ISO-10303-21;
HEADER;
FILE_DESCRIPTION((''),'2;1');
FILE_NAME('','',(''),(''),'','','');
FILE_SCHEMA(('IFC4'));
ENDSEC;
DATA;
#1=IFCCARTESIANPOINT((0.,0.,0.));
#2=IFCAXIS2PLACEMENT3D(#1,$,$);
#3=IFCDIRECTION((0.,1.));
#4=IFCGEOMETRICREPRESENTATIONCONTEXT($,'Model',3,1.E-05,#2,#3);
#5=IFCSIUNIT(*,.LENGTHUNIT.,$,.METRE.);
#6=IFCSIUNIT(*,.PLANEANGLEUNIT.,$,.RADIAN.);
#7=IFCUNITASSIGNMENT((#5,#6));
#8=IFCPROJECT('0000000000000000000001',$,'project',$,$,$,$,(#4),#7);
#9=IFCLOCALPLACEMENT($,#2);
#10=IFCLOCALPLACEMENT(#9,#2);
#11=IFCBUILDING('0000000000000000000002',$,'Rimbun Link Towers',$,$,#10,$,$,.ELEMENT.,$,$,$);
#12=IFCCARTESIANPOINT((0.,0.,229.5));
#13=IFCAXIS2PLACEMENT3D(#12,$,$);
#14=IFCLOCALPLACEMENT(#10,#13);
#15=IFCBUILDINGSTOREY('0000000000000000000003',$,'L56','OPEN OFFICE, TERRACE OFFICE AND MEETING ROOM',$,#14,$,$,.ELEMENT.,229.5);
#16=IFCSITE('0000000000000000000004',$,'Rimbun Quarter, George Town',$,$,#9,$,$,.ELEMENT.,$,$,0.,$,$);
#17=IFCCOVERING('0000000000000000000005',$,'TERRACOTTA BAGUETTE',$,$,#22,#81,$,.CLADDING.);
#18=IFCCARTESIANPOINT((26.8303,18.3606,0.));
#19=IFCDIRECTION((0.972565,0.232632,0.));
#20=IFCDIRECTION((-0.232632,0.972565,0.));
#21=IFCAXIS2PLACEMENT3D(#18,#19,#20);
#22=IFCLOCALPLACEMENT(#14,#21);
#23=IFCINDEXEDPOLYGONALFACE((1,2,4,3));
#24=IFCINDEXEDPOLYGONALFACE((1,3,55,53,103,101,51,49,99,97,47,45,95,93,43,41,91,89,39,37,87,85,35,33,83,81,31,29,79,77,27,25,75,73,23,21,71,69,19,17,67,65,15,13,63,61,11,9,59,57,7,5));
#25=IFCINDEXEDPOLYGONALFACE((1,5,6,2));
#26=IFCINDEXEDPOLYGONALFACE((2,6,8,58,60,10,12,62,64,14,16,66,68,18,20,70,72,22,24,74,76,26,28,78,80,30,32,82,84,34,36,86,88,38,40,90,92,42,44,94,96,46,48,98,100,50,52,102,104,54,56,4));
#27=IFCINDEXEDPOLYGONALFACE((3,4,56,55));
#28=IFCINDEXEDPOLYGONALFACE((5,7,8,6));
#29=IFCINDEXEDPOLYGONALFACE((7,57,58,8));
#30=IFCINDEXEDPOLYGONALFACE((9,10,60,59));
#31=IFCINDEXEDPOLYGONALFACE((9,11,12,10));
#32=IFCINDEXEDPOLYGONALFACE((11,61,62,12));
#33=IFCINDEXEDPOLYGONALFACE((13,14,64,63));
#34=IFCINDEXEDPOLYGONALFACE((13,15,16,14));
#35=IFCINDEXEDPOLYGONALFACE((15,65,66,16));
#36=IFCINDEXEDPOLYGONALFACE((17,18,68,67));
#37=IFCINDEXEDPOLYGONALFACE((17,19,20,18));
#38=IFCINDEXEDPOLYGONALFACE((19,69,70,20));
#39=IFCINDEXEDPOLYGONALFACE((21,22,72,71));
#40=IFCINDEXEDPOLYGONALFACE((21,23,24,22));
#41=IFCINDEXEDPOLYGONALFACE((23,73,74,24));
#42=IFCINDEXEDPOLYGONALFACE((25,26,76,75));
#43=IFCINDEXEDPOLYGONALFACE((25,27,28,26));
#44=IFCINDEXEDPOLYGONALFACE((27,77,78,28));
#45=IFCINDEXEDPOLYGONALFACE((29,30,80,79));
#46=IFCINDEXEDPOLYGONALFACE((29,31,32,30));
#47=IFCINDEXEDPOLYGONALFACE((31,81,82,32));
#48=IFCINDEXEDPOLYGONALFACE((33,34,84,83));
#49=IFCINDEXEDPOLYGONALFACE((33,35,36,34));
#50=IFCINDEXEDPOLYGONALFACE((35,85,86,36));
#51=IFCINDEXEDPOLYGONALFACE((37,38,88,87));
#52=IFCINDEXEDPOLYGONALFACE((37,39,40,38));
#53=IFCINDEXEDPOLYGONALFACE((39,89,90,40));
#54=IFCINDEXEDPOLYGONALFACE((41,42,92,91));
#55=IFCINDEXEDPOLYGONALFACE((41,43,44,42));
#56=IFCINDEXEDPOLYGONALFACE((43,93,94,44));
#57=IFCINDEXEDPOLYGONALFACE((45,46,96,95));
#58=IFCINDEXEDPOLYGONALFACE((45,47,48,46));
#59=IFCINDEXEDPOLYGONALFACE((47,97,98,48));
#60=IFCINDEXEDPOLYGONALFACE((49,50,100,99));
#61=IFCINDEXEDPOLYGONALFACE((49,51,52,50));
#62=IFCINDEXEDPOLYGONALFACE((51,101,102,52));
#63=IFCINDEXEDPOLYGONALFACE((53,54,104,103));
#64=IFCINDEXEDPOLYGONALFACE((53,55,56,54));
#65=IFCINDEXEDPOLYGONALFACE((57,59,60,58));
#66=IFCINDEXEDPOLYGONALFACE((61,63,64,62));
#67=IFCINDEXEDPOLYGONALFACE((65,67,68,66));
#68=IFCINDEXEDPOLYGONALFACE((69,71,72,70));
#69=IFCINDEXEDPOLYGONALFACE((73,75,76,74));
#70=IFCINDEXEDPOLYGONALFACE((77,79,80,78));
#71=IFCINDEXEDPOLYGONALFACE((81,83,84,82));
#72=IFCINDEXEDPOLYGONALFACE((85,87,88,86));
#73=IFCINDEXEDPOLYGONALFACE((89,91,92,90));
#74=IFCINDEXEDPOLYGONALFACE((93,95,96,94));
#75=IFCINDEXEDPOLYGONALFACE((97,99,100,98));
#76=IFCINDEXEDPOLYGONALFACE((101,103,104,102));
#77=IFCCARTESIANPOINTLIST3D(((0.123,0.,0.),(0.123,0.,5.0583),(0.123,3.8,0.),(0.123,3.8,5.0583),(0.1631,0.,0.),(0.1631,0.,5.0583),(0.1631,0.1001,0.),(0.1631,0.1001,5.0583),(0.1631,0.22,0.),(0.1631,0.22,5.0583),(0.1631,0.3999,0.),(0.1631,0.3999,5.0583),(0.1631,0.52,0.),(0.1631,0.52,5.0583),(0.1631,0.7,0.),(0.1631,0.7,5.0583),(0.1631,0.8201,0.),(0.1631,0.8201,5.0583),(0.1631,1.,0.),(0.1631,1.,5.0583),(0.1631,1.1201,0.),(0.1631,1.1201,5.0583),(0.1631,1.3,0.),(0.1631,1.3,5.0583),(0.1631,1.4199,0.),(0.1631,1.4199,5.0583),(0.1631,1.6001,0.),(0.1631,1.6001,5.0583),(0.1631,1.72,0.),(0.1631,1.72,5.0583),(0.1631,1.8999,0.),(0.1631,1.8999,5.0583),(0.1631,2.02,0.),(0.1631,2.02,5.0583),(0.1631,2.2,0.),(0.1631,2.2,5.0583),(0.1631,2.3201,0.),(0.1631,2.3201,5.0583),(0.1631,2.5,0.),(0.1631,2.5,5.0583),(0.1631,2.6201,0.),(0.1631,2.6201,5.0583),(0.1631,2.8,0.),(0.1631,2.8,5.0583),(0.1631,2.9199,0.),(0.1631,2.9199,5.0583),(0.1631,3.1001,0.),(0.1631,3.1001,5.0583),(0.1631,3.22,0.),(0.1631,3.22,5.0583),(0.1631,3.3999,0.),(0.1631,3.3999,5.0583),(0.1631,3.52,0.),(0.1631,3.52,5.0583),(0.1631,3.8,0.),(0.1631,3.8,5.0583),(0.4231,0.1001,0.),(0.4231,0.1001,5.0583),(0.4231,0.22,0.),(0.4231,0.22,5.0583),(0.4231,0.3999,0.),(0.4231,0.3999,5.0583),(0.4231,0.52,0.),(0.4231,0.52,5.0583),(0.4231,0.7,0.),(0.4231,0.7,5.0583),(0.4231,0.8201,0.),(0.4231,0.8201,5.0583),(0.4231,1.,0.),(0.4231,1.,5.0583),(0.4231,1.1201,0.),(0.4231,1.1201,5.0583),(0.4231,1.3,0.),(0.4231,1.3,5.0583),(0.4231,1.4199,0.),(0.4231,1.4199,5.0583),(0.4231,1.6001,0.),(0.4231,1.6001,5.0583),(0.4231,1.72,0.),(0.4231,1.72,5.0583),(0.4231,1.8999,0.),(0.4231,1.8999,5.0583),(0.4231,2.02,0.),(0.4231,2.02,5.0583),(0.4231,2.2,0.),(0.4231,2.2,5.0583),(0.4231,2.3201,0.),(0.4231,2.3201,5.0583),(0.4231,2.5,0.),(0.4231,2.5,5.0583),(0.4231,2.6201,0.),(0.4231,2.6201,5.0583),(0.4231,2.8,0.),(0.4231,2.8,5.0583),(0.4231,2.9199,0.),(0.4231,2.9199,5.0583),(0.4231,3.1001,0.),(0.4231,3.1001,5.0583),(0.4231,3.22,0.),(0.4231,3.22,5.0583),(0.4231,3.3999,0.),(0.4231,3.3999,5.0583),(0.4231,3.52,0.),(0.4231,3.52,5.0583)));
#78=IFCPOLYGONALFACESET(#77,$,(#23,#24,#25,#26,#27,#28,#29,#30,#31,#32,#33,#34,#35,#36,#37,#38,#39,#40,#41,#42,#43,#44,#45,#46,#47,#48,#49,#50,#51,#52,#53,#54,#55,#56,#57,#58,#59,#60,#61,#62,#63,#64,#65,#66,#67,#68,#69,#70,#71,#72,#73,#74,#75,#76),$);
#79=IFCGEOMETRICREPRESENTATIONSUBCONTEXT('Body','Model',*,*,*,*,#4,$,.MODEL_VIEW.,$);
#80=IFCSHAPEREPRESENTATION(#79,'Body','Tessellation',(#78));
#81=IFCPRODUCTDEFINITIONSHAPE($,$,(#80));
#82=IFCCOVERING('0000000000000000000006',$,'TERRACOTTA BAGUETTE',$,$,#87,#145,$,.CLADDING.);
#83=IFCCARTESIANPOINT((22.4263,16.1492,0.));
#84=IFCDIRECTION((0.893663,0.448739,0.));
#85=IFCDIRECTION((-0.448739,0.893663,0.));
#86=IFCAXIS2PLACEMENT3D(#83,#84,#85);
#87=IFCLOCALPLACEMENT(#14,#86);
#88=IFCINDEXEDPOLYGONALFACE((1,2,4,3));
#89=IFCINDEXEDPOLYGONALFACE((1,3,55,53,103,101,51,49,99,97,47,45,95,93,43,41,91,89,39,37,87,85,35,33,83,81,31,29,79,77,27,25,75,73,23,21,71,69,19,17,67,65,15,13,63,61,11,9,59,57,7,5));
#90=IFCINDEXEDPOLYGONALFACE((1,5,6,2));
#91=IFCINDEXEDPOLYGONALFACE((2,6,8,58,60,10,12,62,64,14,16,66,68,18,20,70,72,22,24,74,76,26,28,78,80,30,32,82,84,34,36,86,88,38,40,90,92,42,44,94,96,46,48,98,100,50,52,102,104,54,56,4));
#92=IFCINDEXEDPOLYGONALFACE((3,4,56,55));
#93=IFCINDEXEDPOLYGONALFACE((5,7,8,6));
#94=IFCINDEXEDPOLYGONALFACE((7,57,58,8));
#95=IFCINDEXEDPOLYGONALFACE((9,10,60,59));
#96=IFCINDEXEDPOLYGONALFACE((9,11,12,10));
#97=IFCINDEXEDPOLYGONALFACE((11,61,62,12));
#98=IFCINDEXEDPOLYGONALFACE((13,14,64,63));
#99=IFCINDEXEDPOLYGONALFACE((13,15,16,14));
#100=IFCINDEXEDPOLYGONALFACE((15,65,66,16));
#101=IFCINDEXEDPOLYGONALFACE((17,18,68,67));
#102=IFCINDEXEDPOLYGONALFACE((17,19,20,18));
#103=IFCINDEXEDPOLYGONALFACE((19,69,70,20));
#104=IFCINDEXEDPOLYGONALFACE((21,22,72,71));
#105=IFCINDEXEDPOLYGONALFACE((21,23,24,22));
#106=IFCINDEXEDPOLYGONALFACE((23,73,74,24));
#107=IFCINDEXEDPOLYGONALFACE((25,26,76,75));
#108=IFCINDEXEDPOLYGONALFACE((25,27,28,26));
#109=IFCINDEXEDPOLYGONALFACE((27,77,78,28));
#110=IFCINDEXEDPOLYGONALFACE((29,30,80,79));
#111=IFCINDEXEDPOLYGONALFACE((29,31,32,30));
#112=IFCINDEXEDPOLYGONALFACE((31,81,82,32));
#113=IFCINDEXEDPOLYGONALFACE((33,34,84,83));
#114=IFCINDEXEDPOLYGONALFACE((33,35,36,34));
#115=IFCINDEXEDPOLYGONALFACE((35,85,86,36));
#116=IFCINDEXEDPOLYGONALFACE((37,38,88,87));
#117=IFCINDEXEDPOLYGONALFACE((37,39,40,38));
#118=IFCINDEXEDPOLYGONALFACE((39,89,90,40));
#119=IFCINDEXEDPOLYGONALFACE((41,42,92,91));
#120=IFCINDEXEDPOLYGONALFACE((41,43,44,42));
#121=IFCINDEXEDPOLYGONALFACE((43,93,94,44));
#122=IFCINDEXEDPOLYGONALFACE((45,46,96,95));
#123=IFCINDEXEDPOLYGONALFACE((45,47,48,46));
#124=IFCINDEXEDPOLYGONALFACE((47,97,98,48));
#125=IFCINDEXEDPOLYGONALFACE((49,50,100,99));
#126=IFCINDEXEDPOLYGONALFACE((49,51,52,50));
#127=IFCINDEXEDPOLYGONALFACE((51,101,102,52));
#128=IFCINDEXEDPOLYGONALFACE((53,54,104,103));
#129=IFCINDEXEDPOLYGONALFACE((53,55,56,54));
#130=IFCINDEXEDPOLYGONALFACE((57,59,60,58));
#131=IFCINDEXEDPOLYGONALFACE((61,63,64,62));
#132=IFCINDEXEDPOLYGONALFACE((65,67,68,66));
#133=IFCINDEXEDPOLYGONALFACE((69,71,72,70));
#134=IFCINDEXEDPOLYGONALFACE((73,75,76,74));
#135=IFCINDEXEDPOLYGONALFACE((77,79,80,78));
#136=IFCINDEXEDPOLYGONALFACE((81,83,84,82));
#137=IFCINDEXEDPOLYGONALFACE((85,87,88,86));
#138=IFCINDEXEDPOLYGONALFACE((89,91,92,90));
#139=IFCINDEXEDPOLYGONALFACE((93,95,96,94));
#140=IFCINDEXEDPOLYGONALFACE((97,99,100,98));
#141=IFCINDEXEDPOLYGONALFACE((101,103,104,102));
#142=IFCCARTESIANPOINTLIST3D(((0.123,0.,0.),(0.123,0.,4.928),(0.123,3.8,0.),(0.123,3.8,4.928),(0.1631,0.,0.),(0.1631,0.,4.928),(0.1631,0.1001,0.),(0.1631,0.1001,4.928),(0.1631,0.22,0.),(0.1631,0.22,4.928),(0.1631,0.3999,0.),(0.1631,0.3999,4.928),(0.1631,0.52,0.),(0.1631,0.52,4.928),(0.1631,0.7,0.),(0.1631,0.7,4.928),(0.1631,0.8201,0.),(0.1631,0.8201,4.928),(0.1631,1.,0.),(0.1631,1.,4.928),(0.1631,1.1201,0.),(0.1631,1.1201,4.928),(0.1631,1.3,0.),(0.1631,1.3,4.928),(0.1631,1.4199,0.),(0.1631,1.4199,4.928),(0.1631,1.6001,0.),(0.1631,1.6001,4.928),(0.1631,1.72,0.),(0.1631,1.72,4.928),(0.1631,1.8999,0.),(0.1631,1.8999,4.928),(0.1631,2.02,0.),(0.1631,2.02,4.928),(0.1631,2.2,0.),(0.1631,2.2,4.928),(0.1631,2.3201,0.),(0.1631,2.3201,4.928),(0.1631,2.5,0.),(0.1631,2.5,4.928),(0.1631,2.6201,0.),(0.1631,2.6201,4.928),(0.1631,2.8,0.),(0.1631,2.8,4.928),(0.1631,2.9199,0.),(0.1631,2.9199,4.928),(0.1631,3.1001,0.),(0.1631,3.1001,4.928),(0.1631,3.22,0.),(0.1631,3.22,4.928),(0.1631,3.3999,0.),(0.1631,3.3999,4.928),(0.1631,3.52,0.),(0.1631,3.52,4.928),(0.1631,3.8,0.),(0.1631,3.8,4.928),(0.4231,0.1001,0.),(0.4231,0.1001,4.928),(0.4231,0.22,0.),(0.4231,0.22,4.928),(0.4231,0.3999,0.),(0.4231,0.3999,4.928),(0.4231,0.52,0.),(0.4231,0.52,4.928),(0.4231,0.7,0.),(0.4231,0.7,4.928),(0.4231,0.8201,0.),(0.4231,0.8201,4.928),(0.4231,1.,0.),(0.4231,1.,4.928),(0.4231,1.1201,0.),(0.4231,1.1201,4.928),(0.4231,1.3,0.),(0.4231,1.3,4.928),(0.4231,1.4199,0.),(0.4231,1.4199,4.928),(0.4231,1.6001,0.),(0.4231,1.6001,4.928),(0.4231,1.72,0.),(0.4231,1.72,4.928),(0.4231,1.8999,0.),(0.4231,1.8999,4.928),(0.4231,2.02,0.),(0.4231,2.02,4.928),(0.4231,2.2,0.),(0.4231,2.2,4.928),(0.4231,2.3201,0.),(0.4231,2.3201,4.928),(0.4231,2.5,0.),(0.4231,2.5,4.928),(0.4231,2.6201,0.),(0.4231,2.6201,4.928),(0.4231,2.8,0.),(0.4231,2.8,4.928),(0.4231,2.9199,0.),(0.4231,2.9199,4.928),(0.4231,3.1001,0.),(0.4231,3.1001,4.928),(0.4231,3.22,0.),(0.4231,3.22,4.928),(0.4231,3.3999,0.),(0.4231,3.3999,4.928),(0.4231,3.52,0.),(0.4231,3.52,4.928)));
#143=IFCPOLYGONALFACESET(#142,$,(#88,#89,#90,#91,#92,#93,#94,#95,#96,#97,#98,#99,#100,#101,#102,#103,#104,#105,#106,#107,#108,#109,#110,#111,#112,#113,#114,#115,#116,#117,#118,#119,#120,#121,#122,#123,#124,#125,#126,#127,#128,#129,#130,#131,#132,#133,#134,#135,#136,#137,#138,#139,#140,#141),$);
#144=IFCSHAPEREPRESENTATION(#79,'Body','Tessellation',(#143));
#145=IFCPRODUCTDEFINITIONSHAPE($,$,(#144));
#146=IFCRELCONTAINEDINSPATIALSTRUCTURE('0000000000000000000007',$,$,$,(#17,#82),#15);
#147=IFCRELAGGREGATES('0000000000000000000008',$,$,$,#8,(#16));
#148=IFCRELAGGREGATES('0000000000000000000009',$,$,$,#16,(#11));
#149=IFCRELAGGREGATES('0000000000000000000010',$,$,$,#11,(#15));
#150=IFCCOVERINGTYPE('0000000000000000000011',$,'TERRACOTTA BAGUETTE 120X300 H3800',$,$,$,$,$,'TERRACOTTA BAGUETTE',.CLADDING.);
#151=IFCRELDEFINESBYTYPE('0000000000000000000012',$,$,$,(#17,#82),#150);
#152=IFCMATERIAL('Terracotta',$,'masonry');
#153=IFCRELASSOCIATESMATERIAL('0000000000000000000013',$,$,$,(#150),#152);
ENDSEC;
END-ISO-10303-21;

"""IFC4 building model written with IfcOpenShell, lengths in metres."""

from ifc_helpers import new_model, si_unit, direction, frame, origin, place, context, subcontext, project, spatial, polyline, outline, extrude, material, material_profile, profile_set, type_object, element, save


model = new_model("IFC4")

# Units and contexts
model_context = context("Model", 3, precision=1e-05, world=origin(), true_north=direction((0.0, 1.0)))
body_context = subcontext(model_context, "Body", "Model", "MODEL_VIEW")
ifc_project = project(units=[si_unit("LENGTHUNIT", "METRE"), si_unit("PLANEANGLEUNIT", "RADIAN")], contexts=[model_context])

# Site, building, storey
site_placement = place(None, origin())
site = spatial("IfcSite", under=ifc_project, at=site_placement, Name="Rimbun Quarter, George Town", CompositionType="ELEMENT", RefElevation=0.0)
building_placement = place(site_placement, origin())
building = spatial("IfcBuilding", under=site, at=building_placement, Name="Rimbun Link Towers", CompositionType="ELEMENT")
storey_placement = place(building_placement, frame((0.0, 0.0, 229.5)))
storey = spatial("IfcBuildingStorey", under=building, at=storey_placement, Name="L56", Description="OPEN OFFICE, TERRACE OFFICE AND MEETING ROOM", CompositionType="ELEMENT", Elevation=229.5)

# Coverings
ifc_material_1 = material(Name="Terracotta", Category="masonry")
ifc_material_profile_1 = material_profile(ifc_material_1, outline(polyline([(0.123, 0.0), (0.1631, 0.0), (0.1631, 0.1001), (0.4231, 0.1001), (0.4231, 0.22), (0.1631, 0.22), (0.1631, 0.3999), (0.4231, 0.3999), (0.4231, 0.52), (0.1631, 0.52), (0.1631, 0.7), (0.4231, 0.7), (0.4231, 0.8201), (0.1631, 0.8201), (0.1631, 1.0), (0.4231, 1.0), (0.4231, 1.1201), (0.1631, 1.1201), (0.1631, 1.3), (0.4231, 1.3), (0.4231, 1.4199), (0.1631, 1.4199), (0.1631, 1.6001), (0.4231, 1.6001), (0.4231, 1.72), (0.1631, 1.72), (0.1631, 1.8999), (0.4231, 1.8999), (0.4231, 2.02), (0.1631, 2.02), (0.1631, 2.2), (0.4231, 2.2), (0.4231, 2.3201), (0.1631, 2.3201), (0.1631, 2.5), (0.4231, 2.5), (0.4231, 2.6201), (0.1631, 2.6201), (0.1631, 2.8), (0.4231, 2.8), (0.4231, 2.9199), (0.1631, 2.9199), (0.1631, 3.1001), (0.4231, 3.1001), (0.4231, 3.22), (0.1631, 3.22), (0.1631, 3.3999), (0.4231, 3.3999), (0.4231, 3.52), (0.1631, 3.52), (0.1631, 3.8), (0.123, 3.8), (0.123, 0.0)])), Name="BAGUETTE 120X300")
ifc_profile_set_1 = profile_set([ifc_material_profile_1], Name="Terracotta")
covering_type = type_object("IfcCoveringType", Name="TERRACOTTA BAGUETTE 120X300 H3800", ElementType="TERRACOTTA BAGUETTE", PredefinedType="CLADDING", material=ifc_profile_set_1)
covering_1_placement = place(storey_placement, frame((26.8303, 18.3606, 0.0), z_axis=(0.972565, 0.232632, 0.0), x_axis=(-0.232632, 0.972565, 0.0)))
element("IfcCovering", 1, at=covering_1_placement, inside=storey, type_object=covering_type, Name="TERRACOTTA BAGUETTE", PredefinedType="CLADDING", context=body_context, shape_type="SweptSolid", body=[
    extrude(outline(polyline([(0.123, 0.0), (0.1631, 0.0), (0.1631, 0.1001), (0.4231, 0.1001), (0.4231, 0.22), (0.1631, 0.22), (0.1631, 0.3999), (0.4231, 0.3999), (0.4231, 0.52), (0.1631, 0.52), (0.1631, 0.7), (0.4231, 0.7), (0.4231, 0.8201), (0.1631, 0.8201), (0.1631, 1.0), (0.4231, 1.0), (0.4231, 1.1201), (0.1631, 1.1201), (0.1631, 1.3), (0.4231, 1.3), (0.4231, 1.4199), (0.1631, 1.4199), (0.1631, 1.6001), (0.4231, 1.6001), (0.4231, 1.72), (0.1631, 1.72), (0.1631, 1.8999), (0.4231, 1.8999), (0.4231, 2.02), (0.1631, 2.02), (0.1631, 2.2), (0.4231, 2.2), (0.4231, 2.3201), (0.1631, 2.3201), (0.1631, 2.5), (0.4231, 2.5), (0.4231, 2.6201), (0.1631, 2.6201), (0.1631, 2.8), (0.4231, 2.8), (0.4231, 2.9199), (0.1631, 2.9199), (0.1631, 3.1001), (0.4231, 3.1001), (0.4231, 3.22), (0.1631, 3.22), (0.1631, 3.3999), (0.4231, 3.3999), (0.4231, 3.52), (0.1631, 3.52), (0.1631, 3.8), (0.123, 3.8), (0.123, 0.0)])), origin(), (0.0, 0.0, 1.0), 5.0583),
])
covering_2_placement = place(storey_placement, frame((22.4263, 16.1492, 0.0), z_axis=(0.893663, 0.448739, 0.0), x_axis=(-0.448739, 0.893663, 0.0)))
element("IfcCovering", 2, at=covering_2_placement, inside=storey, type_object=covering_type, Name="TERRACOTTA BAGUETTE", PredefinedType="CLADDING", context=body_context, shape_type="SweptSolid", body=[
    extrude(outline(polyline([(0.123, 0.0), (0.1631, 0.0), (0.1631, 0.1001), (0.4231, 0.1001), (0.4231, 0.22), (0.1631, 0.22), (0.1631, 0.3999), (0.4231, 0.3999), (0.4231, 0.52), (0.1631, 0.52), (0.1631, 0.7), (0.4231, 0.7), (0.4231, 0.8201), (0.1631, 0.8201), (0.1631, 1.0), (0.4231, 1.0), (0.4231, 1.1201), (0.1631, 1.1201), (0.1631, 1.3), (0.4231, 1.3), (0.4231, 1.4199), (0.1631, 1.4199), (0.1631, 1.6001), (0.4231, 1.6001), (0.4231, 1.72), (0.1631, 1.72), (0.1631, 1.8999), (0.4231, 1.8999), (0.4231, 2.02), (0.1631, 2.02), (0.1631, 2.2), (0.4231, 2.2), (0.4231, 2.3201), (0.1631, 2.3201), (0.1631, 2.5), (0.4231, 2.5), (0.4231, 2.6201), (0.1631, 2.6201), (0.1631, 2.8), (0.4231, 2.8), (0.4231, 2.9199), (0.1631, 2.9199), (0.1631, 3.1001), (0.4231, 3.1001), (0.4231, 3.22), (0.1631, 3.22), (0.1631, 3.3999), (0.4231, 3.3999), (0.4231, 3.52), (0.1631, 3.52), (0.1631, 3.8), (0.123, 3.8), (0.123, 0.0)])), origin(), (0.0, 0.0, 1.0), 4.928),
])

save(model, "model.ifc")
